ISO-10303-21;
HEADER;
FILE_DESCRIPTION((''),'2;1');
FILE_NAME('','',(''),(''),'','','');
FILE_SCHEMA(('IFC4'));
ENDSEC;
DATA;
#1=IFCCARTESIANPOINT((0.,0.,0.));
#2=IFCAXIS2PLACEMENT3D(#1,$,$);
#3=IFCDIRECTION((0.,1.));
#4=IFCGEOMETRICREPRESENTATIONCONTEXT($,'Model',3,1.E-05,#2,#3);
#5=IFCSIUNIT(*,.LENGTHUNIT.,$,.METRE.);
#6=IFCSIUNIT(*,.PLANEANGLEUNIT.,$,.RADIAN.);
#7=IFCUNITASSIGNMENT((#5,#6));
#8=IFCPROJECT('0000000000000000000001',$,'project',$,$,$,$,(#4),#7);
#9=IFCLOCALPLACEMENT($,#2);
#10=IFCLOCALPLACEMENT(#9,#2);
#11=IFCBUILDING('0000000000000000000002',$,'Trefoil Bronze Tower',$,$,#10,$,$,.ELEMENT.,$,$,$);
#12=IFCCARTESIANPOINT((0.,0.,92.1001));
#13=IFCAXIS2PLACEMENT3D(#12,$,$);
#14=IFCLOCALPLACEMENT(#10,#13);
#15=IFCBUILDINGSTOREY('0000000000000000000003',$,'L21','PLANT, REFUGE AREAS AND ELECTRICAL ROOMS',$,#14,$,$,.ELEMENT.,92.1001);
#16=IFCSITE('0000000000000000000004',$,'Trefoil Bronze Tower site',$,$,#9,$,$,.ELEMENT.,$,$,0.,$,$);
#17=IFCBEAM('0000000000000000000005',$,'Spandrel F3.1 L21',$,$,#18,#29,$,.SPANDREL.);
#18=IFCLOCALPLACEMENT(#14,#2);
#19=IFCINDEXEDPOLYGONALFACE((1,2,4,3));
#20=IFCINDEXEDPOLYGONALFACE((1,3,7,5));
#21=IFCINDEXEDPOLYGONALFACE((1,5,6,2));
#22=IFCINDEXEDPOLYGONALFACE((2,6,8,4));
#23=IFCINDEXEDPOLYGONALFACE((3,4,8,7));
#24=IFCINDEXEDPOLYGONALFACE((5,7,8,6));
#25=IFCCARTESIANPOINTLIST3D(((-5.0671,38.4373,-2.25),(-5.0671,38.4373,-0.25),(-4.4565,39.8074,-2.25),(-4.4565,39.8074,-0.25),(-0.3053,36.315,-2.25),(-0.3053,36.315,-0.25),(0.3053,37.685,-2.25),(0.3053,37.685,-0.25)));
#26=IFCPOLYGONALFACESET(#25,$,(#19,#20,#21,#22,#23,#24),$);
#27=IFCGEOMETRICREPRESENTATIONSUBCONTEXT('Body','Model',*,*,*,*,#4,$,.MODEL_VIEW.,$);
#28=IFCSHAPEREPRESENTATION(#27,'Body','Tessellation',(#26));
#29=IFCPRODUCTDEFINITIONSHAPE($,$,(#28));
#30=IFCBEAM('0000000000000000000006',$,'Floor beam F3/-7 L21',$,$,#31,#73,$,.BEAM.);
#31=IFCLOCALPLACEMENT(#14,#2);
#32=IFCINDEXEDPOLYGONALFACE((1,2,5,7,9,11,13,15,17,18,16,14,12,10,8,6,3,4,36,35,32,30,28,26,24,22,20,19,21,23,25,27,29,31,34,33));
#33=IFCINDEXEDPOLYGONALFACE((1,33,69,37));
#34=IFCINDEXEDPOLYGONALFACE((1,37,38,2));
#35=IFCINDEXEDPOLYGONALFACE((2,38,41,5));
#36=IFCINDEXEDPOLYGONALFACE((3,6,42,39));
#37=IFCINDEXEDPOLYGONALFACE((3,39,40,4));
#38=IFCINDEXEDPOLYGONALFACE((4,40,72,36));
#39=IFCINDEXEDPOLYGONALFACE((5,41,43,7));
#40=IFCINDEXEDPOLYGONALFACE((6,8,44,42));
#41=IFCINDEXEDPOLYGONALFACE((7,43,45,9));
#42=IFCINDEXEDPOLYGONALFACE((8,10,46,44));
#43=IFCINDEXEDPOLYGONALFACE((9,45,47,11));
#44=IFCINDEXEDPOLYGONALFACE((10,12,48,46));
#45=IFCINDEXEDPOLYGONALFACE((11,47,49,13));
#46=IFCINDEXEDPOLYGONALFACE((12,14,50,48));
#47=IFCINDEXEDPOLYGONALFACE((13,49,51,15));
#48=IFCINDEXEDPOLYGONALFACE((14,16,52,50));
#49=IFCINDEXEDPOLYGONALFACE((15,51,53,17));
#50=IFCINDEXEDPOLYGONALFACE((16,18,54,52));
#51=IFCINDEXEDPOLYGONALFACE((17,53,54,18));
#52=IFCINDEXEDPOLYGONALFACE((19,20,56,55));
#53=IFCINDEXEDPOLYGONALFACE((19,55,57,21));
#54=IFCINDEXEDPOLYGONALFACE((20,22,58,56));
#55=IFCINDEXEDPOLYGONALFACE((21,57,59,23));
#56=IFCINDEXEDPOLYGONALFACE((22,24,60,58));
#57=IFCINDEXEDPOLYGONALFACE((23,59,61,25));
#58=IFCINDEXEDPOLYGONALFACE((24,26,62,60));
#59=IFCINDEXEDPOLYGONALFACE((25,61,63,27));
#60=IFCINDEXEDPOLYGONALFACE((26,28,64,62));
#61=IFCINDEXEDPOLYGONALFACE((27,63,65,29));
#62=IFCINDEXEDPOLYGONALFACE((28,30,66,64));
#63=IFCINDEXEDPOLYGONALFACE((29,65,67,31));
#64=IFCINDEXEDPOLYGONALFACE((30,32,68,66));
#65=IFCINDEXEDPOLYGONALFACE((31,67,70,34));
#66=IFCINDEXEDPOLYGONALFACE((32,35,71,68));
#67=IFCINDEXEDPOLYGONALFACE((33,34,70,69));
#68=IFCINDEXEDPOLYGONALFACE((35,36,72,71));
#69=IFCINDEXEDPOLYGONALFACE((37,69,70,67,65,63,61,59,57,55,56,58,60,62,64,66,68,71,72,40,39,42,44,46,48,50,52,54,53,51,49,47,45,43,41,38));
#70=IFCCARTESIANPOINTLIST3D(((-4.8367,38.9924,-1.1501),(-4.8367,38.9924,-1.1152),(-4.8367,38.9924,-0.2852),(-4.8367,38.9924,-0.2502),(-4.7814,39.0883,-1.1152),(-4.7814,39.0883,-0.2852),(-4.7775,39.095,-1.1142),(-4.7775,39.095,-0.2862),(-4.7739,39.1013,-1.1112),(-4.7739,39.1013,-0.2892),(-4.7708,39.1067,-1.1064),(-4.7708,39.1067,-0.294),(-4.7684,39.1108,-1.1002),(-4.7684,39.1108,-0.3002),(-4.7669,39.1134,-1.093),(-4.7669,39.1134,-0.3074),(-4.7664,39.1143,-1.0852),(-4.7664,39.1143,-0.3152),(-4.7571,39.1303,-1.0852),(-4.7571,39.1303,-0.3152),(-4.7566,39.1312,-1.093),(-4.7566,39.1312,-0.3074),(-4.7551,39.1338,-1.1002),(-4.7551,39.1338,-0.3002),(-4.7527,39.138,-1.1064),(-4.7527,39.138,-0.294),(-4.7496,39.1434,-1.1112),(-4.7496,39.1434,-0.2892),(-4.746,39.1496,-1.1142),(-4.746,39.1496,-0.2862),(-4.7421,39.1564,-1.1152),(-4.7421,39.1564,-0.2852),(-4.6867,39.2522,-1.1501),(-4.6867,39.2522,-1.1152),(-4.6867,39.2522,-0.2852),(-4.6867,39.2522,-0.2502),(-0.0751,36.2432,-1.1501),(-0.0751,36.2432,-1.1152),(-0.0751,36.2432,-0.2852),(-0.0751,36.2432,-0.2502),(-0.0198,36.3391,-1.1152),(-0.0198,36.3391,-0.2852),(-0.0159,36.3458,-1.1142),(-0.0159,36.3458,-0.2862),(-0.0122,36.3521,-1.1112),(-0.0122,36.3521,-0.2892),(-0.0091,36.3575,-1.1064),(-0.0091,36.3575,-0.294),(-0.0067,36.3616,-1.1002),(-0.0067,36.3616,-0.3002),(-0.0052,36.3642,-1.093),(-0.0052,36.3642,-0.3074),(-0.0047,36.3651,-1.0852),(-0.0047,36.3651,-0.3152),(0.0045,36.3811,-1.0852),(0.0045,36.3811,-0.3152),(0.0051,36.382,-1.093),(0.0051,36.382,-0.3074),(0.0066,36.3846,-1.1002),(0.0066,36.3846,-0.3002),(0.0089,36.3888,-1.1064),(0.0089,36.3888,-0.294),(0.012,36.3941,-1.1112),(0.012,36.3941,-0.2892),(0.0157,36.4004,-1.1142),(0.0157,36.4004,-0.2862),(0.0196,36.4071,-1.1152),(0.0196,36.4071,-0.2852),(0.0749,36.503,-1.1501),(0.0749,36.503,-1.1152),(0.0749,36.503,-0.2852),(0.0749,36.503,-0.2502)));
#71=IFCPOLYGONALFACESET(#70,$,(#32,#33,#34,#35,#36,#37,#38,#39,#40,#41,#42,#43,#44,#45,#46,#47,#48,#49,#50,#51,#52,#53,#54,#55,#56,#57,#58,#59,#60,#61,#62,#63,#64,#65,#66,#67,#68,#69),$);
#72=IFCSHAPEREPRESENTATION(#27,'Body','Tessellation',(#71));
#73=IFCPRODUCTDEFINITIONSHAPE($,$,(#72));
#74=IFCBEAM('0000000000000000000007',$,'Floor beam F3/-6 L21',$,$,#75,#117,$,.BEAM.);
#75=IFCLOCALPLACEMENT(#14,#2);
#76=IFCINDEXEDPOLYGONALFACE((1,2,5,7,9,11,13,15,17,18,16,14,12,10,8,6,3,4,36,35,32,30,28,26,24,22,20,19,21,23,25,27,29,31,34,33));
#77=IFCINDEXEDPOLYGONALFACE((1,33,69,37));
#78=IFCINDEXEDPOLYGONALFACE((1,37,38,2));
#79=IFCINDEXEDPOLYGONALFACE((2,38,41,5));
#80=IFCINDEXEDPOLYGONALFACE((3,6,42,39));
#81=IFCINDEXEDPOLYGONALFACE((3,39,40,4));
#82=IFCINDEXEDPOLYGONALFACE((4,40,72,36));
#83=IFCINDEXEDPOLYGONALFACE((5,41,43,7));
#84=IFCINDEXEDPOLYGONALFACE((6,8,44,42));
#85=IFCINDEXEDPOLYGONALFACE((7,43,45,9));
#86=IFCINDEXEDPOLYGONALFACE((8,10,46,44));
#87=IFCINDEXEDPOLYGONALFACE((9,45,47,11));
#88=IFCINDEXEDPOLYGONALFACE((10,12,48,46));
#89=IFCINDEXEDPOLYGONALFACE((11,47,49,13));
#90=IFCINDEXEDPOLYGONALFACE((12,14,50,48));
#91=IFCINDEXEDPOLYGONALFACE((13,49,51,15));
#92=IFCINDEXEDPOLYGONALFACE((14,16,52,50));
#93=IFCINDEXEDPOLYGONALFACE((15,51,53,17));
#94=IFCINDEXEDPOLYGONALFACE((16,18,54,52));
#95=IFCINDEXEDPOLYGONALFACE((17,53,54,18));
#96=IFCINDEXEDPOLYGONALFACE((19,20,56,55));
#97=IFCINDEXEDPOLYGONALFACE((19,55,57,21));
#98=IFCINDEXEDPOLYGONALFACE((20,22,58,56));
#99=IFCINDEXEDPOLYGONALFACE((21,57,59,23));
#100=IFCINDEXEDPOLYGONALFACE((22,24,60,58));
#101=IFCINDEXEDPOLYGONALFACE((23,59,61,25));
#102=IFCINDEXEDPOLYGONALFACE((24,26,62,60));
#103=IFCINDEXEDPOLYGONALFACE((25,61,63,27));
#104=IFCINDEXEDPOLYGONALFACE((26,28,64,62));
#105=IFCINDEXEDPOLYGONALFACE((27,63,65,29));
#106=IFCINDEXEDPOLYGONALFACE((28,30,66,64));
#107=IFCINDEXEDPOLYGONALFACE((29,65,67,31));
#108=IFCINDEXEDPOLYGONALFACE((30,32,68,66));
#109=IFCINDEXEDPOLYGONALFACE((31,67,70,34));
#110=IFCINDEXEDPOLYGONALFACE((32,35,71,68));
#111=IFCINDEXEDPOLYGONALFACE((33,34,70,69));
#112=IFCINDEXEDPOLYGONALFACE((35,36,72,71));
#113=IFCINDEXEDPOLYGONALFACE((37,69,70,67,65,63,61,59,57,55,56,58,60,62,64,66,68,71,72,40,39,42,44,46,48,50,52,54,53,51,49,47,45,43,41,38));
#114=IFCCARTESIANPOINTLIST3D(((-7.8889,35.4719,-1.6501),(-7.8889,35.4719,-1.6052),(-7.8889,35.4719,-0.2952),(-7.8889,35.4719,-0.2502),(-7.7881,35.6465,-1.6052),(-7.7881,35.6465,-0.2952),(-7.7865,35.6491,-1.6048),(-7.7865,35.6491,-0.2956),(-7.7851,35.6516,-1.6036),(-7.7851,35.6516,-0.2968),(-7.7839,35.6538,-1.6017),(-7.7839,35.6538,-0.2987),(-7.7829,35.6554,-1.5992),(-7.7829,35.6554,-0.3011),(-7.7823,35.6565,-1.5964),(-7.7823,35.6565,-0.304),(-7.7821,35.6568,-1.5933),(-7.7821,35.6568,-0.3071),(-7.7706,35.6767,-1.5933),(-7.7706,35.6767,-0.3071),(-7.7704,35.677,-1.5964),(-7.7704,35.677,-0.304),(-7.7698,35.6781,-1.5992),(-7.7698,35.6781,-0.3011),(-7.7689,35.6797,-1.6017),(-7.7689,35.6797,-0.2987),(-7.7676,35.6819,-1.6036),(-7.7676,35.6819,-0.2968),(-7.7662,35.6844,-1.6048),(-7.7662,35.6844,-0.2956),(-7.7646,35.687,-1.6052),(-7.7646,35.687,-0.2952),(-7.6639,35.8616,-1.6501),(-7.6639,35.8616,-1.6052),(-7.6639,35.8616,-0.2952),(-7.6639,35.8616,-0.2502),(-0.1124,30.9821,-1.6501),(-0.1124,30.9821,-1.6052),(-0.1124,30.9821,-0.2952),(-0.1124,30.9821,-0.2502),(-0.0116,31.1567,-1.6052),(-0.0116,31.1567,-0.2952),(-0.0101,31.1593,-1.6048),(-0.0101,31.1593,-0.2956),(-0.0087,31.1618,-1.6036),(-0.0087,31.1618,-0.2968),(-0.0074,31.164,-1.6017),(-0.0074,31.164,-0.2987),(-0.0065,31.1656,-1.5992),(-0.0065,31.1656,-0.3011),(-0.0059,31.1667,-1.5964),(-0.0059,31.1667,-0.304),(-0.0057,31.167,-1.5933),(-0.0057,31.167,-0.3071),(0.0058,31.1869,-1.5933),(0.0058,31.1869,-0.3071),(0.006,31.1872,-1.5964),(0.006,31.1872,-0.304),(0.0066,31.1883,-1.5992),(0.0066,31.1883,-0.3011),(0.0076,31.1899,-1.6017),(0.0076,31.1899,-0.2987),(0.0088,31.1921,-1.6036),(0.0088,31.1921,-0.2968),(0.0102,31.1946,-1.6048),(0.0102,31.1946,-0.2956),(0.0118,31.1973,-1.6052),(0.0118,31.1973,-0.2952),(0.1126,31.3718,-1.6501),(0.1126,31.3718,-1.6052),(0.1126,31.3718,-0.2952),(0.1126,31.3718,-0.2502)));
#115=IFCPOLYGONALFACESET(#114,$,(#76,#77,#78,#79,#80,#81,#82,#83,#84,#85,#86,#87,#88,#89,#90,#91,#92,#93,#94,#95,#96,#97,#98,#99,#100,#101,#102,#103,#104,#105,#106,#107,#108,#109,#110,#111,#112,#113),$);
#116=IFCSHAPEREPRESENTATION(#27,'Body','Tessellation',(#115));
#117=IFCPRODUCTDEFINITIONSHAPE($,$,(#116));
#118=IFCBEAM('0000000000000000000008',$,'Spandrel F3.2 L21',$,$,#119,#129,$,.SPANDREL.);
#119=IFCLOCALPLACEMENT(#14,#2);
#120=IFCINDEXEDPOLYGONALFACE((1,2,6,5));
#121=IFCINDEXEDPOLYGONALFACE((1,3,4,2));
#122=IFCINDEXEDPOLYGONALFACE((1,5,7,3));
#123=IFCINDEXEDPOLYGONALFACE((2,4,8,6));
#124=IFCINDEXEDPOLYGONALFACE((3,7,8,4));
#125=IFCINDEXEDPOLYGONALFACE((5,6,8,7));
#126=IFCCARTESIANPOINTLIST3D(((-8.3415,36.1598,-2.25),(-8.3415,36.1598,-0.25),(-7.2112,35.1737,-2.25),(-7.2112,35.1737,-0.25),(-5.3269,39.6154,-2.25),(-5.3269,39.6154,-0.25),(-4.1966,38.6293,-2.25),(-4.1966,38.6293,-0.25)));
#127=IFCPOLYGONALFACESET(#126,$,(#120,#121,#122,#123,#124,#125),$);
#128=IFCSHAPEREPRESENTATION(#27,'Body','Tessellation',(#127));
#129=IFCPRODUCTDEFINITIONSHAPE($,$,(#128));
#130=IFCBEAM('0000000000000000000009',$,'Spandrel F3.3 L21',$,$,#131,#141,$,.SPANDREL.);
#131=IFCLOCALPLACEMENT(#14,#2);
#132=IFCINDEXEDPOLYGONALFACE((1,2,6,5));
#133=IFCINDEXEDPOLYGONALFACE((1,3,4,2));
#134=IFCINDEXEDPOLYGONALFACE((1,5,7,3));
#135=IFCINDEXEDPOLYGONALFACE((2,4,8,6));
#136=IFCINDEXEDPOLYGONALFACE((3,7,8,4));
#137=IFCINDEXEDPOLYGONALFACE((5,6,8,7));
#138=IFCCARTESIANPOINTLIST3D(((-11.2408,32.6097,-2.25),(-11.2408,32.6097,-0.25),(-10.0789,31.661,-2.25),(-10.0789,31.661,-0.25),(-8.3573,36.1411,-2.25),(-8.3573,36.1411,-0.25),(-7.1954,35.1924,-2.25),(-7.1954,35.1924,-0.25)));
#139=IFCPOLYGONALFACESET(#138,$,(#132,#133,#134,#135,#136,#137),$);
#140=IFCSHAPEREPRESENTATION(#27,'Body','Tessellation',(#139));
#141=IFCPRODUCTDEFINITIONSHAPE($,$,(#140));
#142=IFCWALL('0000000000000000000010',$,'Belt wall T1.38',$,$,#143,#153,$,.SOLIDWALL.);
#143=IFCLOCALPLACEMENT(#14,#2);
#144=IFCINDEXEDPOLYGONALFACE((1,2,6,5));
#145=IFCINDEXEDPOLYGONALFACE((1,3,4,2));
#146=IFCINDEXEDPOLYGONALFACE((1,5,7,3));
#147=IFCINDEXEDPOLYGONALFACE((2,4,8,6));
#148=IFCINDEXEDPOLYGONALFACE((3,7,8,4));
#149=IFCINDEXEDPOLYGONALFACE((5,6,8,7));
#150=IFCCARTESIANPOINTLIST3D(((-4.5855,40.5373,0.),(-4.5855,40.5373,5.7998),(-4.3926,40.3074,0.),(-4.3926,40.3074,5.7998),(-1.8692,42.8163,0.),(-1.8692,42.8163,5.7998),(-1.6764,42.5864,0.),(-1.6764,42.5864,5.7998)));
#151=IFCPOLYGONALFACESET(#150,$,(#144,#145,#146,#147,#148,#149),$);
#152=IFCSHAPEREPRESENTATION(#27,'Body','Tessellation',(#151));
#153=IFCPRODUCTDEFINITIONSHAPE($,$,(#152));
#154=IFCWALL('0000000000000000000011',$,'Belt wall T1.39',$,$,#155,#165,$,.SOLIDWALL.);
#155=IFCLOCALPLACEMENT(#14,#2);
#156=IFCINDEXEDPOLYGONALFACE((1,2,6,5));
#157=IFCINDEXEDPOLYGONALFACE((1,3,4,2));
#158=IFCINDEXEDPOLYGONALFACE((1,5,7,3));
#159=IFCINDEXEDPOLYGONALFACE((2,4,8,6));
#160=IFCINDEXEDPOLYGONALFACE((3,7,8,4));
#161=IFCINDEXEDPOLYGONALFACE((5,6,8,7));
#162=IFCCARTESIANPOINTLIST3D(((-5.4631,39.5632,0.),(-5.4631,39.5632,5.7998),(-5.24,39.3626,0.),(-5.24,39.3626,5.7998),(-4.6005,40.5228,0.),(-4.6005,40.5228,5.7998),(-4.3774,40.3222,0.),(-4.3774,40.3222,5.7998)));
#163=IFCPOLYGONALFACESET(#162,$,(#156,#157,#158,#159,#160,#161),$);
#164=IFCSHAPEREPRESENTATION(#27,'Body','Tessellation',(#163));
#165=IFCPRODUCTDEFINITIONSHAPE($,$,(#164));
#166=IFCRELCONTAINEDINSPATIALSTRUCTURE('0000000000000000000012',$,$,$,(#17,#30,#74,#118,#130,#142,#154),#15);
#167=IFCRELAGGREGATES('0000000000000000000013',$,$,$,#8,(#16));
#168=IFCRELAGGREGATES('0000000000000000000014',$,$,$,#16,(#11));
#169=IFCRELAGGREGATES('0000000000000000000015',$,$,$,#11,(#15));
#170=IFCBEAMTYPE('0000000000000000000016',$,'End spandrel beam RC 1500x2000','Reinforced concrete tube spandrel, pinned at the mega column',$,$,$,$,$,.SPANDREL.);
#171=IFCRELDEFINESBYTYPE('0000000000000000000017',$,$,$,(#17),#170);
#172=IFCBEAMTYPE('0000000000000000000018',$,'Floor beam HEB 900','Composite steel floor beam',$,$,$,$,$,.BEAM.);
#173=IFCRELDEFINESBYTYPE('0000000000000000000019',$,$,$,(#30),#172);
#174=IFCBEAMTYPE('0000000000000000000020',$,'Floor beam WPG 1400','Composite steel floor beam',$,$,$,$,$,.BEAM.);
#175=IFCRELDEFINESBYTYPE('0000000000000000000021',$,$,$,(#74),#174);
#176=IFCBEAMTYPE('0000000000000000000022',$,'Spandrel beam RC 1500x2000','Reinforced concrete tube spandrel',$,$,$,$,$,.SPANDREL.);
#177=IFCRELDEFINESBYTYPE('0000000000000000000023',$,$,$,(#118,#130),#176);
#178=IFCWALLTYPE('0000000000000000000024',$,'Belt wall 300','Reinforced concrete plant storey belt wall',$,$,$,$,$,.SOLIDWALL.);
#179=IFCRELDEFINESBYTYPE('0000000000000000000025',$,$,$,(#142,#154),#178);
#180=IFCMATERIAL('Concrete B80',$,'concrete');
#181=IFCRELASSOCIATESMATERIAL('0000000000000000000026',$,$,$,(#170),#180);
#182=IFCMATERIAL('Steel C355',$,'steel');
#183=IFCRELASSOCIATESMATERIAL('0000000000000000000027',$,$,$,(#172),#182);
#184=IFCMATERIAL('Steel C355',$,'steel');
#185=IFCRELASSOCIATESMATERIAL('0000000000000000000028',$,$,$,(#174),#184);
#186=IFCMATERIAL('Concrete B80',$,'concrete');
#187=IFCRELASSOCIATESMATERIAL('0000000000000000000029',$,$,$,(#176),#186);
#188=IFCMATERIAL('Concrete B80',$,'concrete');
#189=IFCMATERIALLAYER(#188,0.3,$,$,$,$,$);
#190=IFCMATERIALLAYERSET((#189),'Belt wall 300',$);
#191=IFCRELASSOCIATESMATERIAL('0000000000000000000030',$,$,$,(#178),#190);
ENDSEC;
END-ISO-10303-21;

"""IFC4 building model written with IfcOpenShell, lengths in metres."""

from ifc_helpers import new_model, si_unit, direction, frame, frame_2d, origin, origin_2d, place, context, subcontext, project, spatial, rectangle, i_section, extrude, material, layer, layer_set, material_profile, profile_set, type_object, element, save


model = new_model("IFC4")

# Units and contexts
model_context = context("Model", 3, precision=1e-05, world=origin(), true_north=direction((0.0, 1.0)))
body_context = subcontext(model_context, "Body", "Model", "MODEL_VIEW")
ifc_project = project(units=[si_unit("LENGTHUNIT", "METRE"), si_unit("PLANEANGLEUNIT", "RADIAN")], contexts=[model_context])

# Site, building, storey
site_placement = place(None, origin())
site = spatial("IfcSite", under=ifc_project, at=site_placement, Name="Trefoil Bronze Tower site", CompositionType="ELEMENT", RefElevation=0.0)
building_placement = place(site_placement, origin())
building = spatial("IfcBuilding", under=site, at=building_placement, Name="Trefoil Bronze Tower", CompositionType="ELEMENT")
storey_placement = place(building_placement, frame((0.0, 0.0, 92.1001)))
storey = spatial("IfcBuildingStorey", under=building, at=storey_placement, Name="L21", Description="PLANT, REFUGE AREAS AND ELECTRICAL ROOMS", CompositionType="ELEMENT", Elevation=92.1001)

# Beams
ifc_material_1 = material(Name="Concrete B80", Category="concrete")
ifc_material_profile_1 = material_profile(ifc_material_1, rectangle(XDim=1.5, YDim=2.0, at=origin_2d()), Name="RC 1500x2000")
ifc_profile_set_1 = profile_set([ifc_material_profile_1], Name="Concrete B80")
beam_type_1 = type_object("IfcBeamType", Name="End spandrel beam RC 1500x2000", Description="Reinforced concrete tube spandrel, pinned at the mega column", PredefinedType="SPANDREL", material=ifc_profile_set_1)
beam_1_placement = place(storey_placement, frame((0.0, 37.0, -1.25), z_axis=(-0.913384, 0.407099, 0.0), x_axis=(-0.407099, -0.913384, 0.0)))
element("IfcBeam", 1, at=beam_1_placement, inside=storey, type_object=beam_type_1, Name="Spandrel F3.1 L21", PredefinedType="SPANDREL", context=body_context, shape_type="SweptSolid", body=[
    extrude(rectangle(XDim=1.5, YDim=2.0, at=origin_2d()), origin(), (0.0, 0.0, 1.0), 5.2134),
])
ifc_material_2 = material(Name="Steel C355", Category="steel")
ifc_material_profile_2 = material_profile(ifc_material_2, i_section(OverallWidth=0.3, OverallDepth=0.8999, WebThickness=0.0186, FlangeThickness=0.0349, FilletRadius=0.03, at=origin_2d()), Name="HEB 900")
ifc_profile_set_2 = profile_set([ifc_material_profile_2], Name="Steel C355")
beam_type_2 = type_object("IfcBeamType", Name="Floor beam HEB 900", Description="Composite steel floor beam", PredefinedType="BEAM", material=ifc_profile_set_2)
beam_2_placement = place(storey_placement, frame((-4.7617, 39.1223, -0.7002), z_axis=(0.866018, -0.500012, 0.0), x_axis=(0.500012, 0.866018, 0.0)))
element("IfcBeam", 2, at=beam_2_placement, inside=storey, type_object=beam_type_2, Name="Floor beam F3/-7 L21", PredefinedType="BEAM", context=body_context, shape_type="SweptSolid", body=[
    extrude(i_section(OverallWidth=0.3, OverallDepth=0.8999, WebThickness=0.0186, FlangeThickness=0.0349, FilletRadius=0.03, at=origin_2d()), origin(), (0.0, 0.0, 1.0), 5.4983),
])
ifc_material_3 = material(Name="Steel C355", Category="steel")
ifc_material_profile_3 = material_profile(ifc_material_3, i_section(OverallWidth=0.45, OverallDepth=1.3999, WebThickness=0.0229, FlangeThickness=0.0449, FilletRadius=0.012, at=origin_2d()), Name="WPG 1400")
ifc_profile_set_3 = profile_set([ifc_material_profile_3], Name="Steel C355")
beam_type_3 = type_object("IfcBeamType", Name="Floor beam WPG 1400", Description="Composite steel floor beam", PredefinedType="BEAM", material=ifc_profile_set_3)
beam_3_placement = place(storey_placement, frame((-7.7764, 35.6667, -0.9502), z_axis=(0.866023, -0.500005, 0.0), x_axis=(0.500005, 0.866023, 0.0)))
element("IfcBeam", 3, at=beam_3_placement, inside=storey, type_object=beam_type_3, Name="Floor beam F3/-6 L21", PredefinedType="BEAM", context=body_context, shape_type="SweptSolid", body=[
    extrude(i_section(OverallWidth=0.45, OverallDepth=1.3999, WebThickness=0.0229, FlangeThickness=0.0449, FilletRadius=0.012, at=origin_2d()), origin(), (0.0, 0.0, 1.0), 8.9795),
])
ifc_material_4 = material(Name="Concrete B80", Category="concrete")
ifc_material_profile_4 = material_profile(ifc_material_4, rectangle(XDim=1.5, YDim=2.0, at=origin_2d()), Name="RC 1500x2000")
ifc_profile_set_4 = profile_set([ifc_material_profile_4], Name="Concrete B80")
beam_type_4 = type_object("IfcBeamType", Name="Spandrel beam RC 1500x2000", Description="Reinforced concrete tube spandrel", PredefinedType="SPANDREL", material=ifc_profile_set_4)
beam_4_placement = place(storey_placement, frame((-4.7617, 39.1223, -1.25), z_axis=(-0.657396, -0.753545, 0.0), x_axis=(0.753545, -0.657396, 0.0)))
element("IfcBeam", 4, at=beam_4_placement, inside=storey, type_object=beam_type_4, Name="Spandrel F3.2 L21", PredefinedType="SPANDREL", context=body_context, shape_type="SweptSolid", body=[
    extrude(rectangle(XDim=1.5, YDim=2.0, at=origin_2d()), origin(), (0.0, 0.0, 1.0), 4.5857),
])
beam_5_placement = place(storey_placement, frame((-7.7764, 35.6667, -1.25), z_axis=(-0.632468, -0.774587, 0.0), x_axis=(0.774587, -0.632468, 0.0)))
element("IfcBeam", 5, at=beam_5_placement, inside=storey, type_object=beam_type_4, Name="Spandrel F3.3 L21", PredefinedType="SPANDREL", context=body_context, shape_type="SweptSolid", body=[
    extrude(rectangle(XDim=1.5, YDim=2.0, at=origin_2d()), origin(), (0.0, 0.0, 1.0), 4.5591),
])

# Walls
ifc_material_5 = material(Name="Concrete B80", Category="concrete")
ifc_layer_1 = layer(ifc_material_5, 0.3)
ifc_layer_set_1 = layer_set([ifc_layer_1], Name="Belt wall 300")
wall_type = type_object("IfcWallType", Name="Belt wall 300", Description="Reinforced concrete plant storey belt wall", PredefinedType="SOLIDWALL", material=ifc_layer_set_1)
wall_1_placement = place(storey_placement, frame((-1.7727, 42.7014, 0.0), z_axis=(0.0, 0.0, 1.0), x_axis=(-0.766072, -0.642754, 0.0)))
element("IfcWall", 6, at=wall_1_placement, inside=storey, type_object=wall_type, Name="Belt wall T1.38", PredefinedType="SOLIDWALL", context=body_context, shape_type="SweptSolid", body=[
    extrude(rectangle(XDim=3.5457, YDim=0.3, at=frame_2d((1.7729, 0.0))), origin(), (0.0, 0.0, 1.0), 5.7998),
])
wall_2_placement = place(storey_placement, frame((-4.489, 40.4224, 0.0), z_axis=(0.0, 0.0, 1.0), x_axis=(-0.668546, -0.74367, 0.0)))
element("IfcWall", 7, at=wall_2_placement, inside=storey, type_object=wall_type, Name="Belt wall T1.39", PredefinedType="SOLIDWALL", context=body_context, shape_type="SweptSolid", body=[
    extrude(rectangle(XDim=1.2903, YDim=0.3, at=frame_2d((0.645, 0.0))), origin(), (0.0, 0.0, 1.0), 5.7998),
])

save(model, "model.ifc")
